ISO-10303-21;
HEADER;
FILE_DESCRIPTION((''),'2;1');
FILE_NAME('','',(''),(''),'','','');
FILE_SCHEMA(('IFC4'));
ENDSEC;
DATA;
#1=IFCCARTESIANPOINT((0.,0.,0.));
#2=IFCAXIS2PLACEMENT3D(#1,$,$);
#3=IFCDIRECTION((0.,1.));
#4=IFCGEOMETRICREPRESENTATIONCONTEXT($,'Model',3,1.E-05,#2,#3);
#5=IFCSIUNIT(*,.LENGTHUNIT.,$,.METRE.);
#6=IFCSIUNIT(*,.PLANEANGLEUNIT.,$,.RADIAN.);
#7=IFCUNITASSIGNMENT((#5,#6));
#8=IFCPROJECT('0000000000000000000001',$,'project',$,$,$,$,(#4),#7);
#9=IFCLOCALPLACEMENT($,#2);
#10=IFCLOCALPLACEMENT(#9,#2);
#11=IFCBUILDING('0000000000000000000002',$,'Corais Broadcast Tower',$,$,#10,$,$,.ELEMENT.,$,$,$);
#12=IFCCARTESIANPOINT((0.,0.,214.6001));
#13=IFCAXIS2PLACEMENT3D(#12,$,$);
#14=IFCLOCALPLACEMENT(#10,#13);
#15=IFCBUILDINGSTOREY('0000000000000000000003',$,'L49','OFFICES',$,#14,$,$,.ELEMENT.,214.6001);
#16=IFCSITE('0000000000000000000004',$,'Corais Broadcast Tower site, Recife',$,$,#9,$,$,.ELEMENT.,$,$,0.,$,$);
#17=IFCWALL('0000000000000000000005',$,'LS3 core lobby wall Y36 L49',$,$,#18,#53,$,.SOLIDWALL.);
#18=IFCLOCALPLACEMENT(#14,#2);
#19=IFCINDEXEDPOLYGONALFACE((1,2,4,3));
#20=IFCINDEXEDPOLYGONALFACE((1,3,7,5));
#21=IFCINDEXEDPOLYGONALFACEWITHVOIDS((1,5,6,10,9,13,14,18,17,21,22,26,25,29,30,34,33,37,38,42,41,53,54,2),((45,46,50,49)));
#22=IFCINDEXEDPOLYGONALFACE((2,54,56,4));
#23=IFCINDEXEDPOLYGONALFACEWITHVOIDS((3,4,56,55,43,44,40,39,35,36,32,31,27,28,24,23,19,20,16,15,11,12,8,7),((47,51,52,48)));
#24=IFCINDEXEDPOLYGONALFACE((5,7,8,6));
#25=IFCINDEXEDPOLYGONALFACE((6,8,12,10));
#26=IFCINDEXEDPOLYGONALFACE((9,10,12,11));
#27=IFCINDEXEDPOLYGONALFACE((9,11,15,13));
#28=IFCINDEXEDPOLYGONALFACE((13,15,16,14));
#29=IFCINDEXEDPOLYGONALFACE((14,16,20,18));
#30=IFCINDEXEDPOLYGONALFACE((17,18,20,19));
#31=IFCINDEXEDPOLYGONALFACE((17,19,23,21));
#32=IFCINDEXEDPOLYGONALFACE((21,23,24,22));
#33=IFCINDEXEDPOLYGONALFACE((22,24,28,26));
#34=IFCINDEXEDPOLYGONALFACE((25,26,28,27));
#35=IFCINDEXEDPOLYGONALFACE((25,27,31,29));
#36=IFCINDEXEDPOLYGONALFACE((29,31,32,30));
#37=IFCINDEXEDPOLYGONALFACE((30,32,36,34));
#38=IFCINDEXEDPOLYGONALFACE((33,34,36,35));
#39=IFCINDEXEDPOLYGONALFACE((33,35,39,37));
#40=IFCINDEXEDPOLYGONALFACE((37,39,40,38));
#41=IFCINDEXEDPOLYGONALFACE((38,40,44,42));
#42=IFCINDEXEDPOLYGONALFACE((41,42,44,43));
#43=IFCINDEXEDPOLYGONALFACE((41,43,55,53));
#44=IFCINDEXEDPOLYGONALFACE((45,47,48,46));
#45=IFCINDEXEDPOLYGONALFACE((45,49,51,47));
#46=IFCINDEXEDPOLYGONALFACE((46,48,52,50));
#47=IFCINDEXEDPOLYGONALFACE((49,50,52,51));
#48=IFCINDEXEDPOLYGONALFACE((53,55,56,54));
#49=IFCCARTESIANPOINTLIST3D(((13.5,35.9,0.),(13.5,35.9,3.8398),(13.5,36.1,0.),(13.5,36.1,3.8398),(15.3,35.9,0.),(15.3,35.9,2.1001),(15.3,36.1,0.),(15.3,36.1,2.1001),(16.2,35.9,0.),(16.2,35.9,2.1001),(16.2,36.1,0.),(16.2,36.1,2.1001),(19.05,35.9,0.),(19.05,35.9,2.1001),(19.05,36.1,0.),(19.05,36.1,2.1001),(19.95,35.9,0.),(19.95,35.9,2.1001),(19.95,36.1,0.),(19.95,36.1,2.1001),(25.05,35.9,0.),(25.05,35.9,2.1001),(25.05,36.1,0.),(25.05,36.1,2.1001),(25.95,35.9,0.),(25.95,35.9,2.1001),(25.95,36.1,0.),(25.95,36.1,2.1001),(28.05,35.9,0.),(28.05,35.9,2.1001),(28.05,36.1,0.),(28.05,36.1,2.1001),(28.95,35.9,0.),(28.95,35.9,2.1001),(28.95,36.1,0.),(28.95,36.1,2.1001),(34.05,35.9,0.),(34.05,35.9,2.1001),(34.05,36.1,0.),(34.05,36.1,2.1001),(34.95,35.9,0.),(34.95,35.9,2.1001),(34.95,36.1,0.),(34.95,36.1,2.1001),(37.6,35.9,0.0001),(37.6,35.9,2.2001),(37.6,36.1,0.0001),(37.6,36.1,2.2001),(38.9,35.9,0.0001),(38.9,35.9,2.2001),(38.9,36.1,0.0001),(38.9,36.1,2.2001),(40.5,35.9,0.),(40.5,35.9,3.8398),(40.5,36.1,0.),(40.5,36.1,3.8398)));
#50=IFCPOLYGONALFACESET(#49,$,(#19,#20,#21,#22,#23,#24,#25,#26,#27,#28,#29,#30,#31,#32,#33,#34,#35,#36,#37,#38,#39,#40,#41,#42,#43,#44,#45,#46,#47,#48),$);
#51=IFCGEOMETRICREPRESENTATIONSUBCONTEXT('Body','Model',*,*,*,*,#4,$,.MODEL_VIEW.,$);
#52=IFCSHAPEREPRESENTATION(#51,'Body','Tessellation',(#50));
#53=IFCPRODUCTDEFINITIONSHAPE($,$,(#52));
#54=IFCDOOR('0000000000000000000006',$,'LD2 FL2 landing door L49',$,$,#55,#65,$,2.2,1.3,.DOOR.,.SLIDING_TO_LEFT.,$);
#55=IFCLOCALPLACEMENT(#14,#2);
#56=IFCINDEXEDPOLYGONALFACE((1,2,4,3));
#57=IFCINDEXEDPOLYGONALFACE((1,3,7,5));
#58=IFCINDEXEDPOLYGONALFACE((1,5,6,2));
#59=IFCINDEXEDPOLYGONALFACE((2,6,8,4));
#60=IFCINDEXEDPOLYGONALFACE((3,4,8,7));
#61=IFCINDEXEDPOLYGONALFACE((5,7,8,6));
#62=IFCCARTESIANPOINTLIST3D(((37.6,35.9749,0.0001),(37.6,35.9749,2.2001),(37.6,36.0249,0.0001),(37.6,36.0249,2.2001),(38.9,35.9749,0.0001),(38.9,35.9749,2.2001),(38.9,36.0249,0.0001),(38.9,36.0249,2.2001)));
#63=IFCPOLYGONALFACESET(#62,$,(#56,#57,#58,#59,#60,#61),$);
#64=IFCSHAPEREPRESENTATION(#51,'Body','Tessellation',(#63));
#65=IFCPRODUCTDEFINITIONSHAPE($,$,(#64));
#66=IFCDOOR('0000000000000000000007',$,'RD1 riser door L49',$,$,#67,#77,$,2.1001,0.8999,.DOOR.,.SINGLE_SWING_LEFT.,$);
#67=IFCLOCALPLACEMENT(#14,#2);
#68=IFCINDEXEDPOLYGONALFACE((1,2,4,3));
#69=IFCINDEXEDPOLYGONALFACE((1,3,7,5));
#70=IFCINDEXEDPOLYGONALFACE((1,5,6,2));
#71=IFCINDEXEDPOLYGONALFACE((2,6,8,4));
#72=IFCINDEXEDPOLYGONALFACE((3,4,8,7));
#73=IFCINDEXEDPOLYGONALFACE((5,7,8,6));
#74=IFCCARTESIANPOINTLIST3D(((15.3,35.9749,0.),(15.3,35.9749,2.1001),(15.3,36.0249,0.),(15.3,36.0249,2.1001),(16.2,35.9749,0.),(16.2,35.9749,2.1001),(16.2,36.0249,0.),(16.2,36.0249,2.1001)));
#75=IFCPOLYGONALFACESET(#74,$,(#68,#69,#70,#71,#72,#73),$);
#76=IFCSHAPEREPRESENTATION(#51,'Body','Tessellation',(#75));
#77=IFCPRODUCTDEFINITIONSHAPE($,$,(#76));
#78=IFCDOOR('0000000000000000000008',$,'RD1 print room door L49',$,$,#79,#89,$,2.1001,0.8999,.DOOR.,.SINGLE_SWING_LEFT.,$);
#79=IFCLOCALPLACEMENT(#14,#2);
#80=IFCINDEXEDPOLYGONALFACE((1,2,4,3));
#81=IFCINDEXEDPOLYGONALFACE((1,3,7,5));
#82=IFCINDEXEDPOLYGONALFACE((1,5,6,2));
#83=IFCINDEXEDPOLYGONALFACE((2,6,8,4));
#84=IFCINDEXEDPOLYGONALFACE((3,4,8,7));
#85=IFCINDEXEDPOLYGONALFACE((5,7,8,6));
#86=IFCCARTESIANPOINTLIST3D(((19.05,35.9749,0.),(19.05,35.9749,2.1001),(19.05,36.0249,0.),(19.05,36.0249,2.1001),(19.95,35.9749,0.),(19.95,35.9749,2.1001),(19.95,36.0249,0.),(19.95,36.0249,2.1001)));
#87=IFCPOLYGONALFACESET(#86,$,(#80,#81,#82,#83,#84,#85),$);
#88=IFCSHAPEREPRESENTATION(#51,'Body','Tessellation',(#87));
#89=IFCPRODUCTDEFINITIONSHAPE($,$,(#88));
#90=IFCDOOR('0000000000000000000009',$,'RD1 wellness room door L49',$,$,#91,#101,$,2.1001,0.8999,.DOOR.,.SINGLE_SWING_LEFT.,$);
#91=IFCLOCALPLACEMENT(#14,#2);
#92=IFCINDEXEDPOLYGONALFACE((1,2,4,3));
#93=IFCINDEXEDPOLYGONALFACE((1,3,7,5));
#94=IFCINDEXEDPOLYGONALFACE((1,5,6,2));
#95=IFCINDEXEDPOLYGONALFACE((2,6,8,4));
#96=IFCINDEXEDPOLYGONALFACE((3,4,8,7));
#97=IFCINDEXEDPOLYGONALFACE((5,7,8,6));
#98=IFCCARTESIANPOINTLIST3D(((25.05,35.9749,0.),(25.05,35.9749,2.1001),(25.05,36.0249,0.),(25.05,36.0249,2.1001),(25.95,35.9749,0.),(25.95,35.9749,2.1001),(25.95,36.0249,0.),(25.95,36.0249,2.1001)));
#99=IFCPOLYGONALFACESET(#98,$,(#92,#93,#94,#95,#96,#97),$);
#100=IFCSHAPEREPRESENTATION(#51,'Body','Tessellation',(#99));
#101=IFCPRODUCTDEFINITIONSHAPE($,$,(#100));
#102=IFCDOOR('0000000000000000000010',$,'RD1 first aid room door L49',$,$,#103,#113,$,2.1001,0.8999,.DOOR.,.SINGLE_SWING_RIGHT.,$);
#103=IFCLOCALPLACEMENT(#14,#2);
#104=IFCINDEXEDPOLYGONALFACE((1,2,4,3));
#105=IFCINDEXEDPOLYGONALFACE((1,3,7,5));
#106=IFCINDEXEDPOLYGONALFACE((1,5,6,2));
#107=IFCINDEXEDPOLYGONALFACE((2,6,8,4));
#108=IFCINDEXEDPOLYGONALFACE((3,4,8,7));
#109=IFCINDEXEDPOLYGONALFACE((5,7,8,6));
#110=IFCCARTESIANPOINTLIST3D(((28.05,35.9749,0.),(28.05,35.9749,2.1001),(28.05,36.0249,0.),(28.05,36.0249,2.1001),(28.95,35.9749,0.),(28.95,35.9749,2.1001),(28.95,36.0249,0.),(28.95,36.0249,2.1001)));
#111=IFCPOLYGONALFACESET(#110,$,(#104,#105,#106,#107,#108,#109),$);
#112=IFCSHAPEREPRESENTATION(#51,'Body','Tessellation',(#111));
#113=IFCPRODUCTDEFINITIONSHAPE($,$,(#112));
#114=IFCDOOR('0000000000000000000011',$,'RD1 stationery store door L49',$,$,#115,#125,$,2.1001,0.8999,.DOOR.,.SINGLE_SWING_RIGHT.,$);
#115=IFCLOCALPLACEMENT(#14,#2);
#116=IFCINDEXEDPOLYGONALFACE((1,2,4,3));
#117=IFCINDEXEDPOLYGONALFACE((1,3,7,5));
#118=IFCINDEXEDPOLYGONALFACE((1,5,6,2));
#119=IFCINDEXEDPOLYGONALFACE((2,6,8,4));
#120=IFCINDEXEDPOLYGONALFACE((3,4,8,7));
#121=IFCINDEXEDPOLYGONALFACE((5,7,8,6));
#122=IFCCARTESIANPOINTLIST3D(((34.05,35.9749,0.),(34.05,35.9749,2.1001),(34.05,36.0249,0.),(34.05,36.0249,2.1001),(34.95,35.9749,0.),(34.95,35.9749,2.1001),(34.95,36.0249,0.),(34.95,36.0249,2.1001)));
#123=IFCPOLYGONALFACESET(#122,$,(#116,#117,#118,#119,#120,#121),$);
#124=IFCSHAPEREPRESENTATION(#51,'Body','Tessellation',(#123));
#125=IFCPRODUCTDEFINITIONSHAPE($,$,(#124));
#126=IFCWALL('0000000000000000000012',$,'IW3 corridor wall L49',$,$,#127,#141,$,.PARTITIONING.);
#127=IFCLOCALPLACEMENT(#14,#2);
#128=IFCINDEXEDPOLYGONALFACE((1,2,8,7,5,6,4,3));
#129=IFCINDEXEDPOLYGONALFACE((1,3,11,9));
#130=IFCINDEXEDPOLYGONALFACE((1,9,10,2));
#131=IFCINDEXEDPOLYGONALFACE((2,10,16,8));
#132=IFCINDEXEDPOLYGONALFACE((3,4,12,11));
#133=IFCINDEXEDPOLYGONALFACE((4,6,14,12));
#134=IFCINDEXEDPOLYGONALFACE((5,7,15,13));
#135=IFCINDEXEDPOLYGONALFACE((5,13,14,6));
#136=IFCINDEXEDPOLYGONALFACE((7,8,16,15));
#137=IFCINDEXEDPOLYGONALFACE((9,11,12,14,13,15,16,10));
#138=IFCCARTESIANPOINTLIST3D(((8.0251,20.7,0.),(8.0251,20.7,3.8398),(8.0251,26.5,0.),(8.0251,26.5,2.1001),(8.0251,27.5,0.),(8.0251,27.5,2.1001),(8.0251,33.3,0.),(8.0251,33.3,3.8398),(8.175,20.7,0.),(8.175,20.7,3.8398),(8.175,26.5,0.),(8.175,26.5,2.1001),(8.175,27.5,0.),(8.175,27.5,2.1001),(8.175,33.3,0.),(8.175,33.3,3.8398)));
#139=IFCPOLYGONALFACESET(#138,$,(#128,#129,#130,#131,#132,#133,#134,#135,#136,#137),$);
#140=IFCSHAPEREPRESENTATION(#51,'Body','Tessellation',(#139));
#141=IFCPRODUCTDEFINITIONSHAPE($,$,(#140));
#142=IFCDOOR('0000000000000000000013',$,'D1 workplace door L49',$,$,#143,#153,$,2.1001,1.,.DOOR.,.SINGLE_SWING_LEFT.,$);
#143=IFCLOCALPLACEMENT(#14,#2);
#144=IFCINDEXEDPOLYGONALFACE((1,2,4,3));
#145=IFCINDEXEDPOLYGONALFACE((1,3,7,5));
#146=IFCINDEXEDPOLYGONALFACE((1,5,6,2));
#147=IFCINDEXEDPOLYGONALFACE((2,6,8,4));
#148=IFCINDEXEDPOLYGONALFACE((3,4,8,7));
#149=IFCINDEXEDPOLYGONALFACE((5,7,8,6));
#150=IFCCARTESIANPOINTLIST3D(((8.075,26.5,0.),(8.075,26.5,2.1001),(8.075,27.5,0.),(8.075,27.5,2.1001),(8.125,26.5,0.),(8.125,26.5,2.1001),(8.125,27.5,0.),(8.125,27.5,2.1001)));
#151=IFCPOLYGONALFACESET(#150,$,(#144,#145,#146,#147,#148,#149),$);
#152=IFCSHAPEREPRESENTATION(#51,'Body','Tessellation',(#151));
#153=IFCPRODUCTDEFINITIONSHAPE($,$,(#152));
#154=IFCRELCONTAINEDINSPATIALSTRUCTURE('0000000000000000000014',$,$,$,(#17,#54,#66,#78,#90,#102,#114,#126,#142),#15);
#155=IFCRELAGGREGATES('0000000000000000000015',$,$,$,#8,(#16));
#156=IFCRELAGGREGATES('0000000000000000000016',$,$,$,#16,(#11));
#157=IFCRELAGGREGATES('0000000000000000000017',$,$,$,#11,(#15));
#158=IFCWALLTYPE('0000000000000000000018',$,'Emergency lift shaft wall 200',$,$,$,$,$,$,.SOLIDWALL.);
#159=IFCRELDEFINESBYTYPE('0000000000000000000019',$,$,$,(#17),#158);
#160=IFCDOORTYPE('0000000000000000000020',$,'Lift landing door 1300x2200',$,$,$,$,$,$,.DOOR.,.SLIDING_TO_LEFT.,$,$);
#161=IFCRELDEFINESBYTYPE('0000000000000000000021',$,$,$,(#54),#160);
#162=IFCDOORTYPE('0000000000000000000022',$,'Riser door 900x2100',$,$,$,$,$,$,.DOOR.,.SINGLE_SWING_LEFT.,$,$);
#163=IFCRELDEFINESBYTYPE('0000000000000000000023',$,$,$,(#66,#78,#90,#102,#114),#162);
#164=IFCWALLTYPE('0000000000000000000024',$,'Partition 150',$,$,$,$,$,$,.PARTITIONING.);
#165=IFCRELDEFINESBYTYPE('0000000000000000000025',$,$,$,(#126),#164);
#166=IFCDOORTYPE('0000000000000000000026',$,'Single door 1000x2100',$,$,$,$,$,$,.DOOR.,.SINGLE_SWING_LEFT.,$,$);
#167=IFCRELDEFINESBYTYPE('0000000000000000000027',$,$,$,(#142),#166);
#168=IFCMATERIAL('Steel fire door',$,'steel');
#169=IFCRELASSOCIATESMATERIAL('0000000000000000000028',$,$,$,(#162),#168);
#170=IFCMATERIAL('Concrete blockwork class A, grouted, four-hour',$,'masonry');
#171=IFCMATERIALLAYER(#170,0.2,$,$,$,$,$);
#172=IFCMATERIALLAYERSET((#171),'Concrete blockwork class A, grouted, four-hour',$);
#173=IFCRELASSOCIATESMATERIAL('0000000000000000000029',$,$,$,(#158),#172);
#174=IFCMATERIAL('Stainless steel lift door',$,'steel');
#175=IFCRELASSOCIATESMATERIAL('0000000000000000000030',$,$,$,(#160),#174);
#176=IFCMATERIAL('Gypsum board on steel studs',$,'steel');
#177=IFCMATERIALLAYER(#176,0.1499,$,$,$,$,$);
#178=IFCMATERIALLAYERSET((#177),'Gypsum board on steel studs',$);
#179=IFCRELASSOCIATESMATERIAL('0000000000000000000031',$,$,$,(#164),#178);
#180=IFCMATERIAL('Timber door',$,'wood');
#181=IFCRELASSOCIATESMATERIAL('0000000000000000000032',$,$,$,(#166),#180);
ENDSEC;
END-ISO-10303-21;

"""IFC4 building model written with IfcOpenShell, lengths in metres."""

from ifc_helpers import new_model, si_unit, direction, frame, frame_2d, origin, place, context, subcontext, project, spatial, rectangle, extrude, material, layer, layer_set, type_object, element, fill, save


model = new_model("IFC4")

# Units and contexts
model_context = context("Model", 3, precision=1e-05, world=origin(), true_north=direction((0.0, 1.0)))
body_context = subcontext(model_context, "Body", "Model", "MODEL_VIEW")
ifc_project = project(units=[si_unit("LENGTHUNIT", "METRE"), si_unit("PLANEANGLEUNIT", "RADIAN")], contexts=[model_context])

# Site, building, storey
site_placement = place(None, origin())
site = spatial("IfcSite", under=ifc_project, at=site_placement, Name="Corais Broadcast Tower site, Recife", CompositionType="ELEMENT", RefElevation=0.0)
building_placement = place(site_placement, origin())
building = spatial("IfcBuilding", under=site, at=building_placement, Name="Corais Broadcast Tower", CompositionType="ELEMENT")
storey_placement = place(building_placement, frame((0.0, 0.0, 214.6001)))
storey = spatial("IfcBuildingStorey", under=building, at=storey_placement, Name="L49", Description="OFFICES", CompositionType="ELEMENT", Elevation=214.6001)

# Wall, openings, doors
ifc_material_1 = material(Name="Steel fire door", Category="steel")
door_type_1 = type_object("IfcDoorType", Name="Riser door 900x2100", OperationType="SINGLE_SWING_LEFT", PredefinedType="DOOR", material=ifc_material_1)
ifc_material_2 = material(Name="Concrete blockwork class A, grouted, four-hour", Category="masonry")
ifc_layer_1 = layer(ifc_material_2, 0.2)
ifc_layer_set_1 = layer_set([ifc_layer_1], Name="Concrete blockwork class A, grouted, four-hour")
wall_type_1 = type_object("IfcWallType", Name="Emergency lift shaft wall 200", PredefinedType="SOLIDWALL", material=ifc_layer_set_1)
wall_1_placement = place(storey_placement, frame((13.5, 36.0, 0.0), z_axis=(0.0, 0.0, 1.0), x_axis=(1.0, 0.0, 0.0)))
wall_1 = element("IfcWall", 1, at=wall_1_placement, inside=storey, type_object=wall_type_1, Name="LS3 core lobby wall Y36 L49", PredefinedType="SOLIDWALL", context=body_context, shape_type="SweptSolid", body=[
    extrude(rectangle(XDim=27.0, YDim=0.2, at=frame_2d((13.5, 0.0))), origin(), (0.0, 0.0, 1.0), 3.8398),
])
opening_1_placement = place(wall_1_placement, frame((1.8, 0.0, 0.0)))
opening_1 = element("IfcOpeningElement", 2, at=opening_1_placement, cuts=wall_1, PredefinedType="OPENING", context=body_context, shape_type="SweptSolid", body=[
    extrude(rectangle(XDim=0.8999, YDim=2.1001, at=frame_2d((0.45, 1.05))), frame((0.0, 0.1099, 0.0), z_axis=(0.0, -1.0, 0.0), x_axis=(1.0, 0.0, 0.0)), (0.0, 0.0, 1.0), 0.22),
])
opening_2_placement = place(wall_1_placement, frame((5.55, 0.0, 0.0)))
opening_2 = element("IfcOpeningElement", 3, at=opening_2_placement, cuts=wall_1, PredefinedType="OPENING", context=body_context, shape_type="SweptSolid", body=[
    extrude(rectangle(XDim=0.8999, YDim=2.1001, at=frame_2d((0.45, 1.05))), frame((0.0, 0.1099, 0.0), z_axis=(0.0, -1.0, 0.0), x_axis=(1.0, 0.0, 0.0)), (0.0, 0.0, 1.0), 0.22),
])
opening_3_placement = place(wall_1_placement, frame((11.55, 0.0, 0.0)))
opening_3 = element("IfcOpeningElement", 4, at=opening_3_placement, cuts=wall_1, PredefinedType="OPENING", context=body_context, shape_type="SweptSolid", body=[
    extrude(rectangle(XDim=0.8999, YDim=2.1001, at=frame_2d((0.45, 1.05))), frame((0.0, 0.1099, 0.0), z_axis=(0.0, -1.0, 0.0), x_axis=(1.0, 0.0, 0.0)), (0.0, 0.0, 1.0), 0.22),
])
opening_4_placement = place(wall_1_placement, frame((14.55, 0.0, 0.0)))
opening_4 = element("IfcOpeningElement", 5, at=opening_4_placement, cuts=wall_1, PredefinedType="OPENING", context=body_context, shape_type="SweptSolid", body=[
    extrude(rectangle(XDim=0.8999, YDim=2.1001, at=frame_2d((0.45, 1.05))), frame((0.0, 0.1099, 0.0), z_axis=(0.0, -1.0, 0.0), x_axis=(1.0, 0.0, 0.0)), (0.0, 0.0, 1.0), 0.22),
])
opening_5_placement = place(wall_1_placement, frame((20.55, 0.0, 0.0)))
opening_5 = element("IfcOpeningElement", 6, at=opening_5_placement, cuts=wall_1, PredefinedType="OPENING", context=body_context, shape_type="SweptSolid", body=[
    extrude(rectangle(XDim=0.8999, YDim=2.1001, at=frame_2d((0.45, 1.05))), frame((0.0, 0.1099, 0.0), z_axis=(0.0, -1.0, 0.0), x_axis=(1.0, 0.0, 0.0)), (0.0, 0.0, 1.0), 0.22),
])
opening_6_placement = place(wall_1_placement, frame((24.1001, 0.0, 0.0)))
opening_6 = element("IfcOpeningElement", 7, at=opening_6_placement, cuts=wall_1, PredefinedType="OPENING", context=body_context, shape_type="SweptSolid", body=[
    extrude(rectangle(XDim=1.3, YDim=2.2, at=frame_2d((0.6499, 1.1001))), frame((0.0, 0.1099, 0.0), z_axis=(0.0, -1.0, 0.0), x_axis=(1.0, 0.0, 0.0)), (0.0, 0.0, 1.0), 0.22),
])
ifc_material_3 = material(Name="Stainless steel lift door", Category="steel")
door_type_2 = type_object("IfcDoorType", Name="Lift landing door 1300x2200", OperationType="SLIDING_TO_LEFT", PredefinedType="DOOR", material=ifc_material_3)
door_1_placement = place(opening_6_placement, origin())
door_1 = element("IfcDoor", 8, at=door_1_placement, inside=storey, type_object=door_type_2, Name="LD2 FL2 landing door L49", OperationType="SLIDING_TO_LEFT", OverallHeight=2.2, OverallWidth=1.3, PredefinedType="DOOR", context=body_context, shape_type="SweptSolid", body=[
    extrude(rectangle(XDim=1.3, YDim=2.2, at=frame_2d((0.6499, 1.1001))), frame((0.0, 0.0249, 0.0), z_axis=(0.0, -1.0, 0.0), x_axis=(1.0, 0.0, 0.0)), (0.0, 0.0, 1.0), 0.05),
])
fill(opening_6, door_1)
door_2_placement = place(opening_1_placement, origin())
door_2 = element("IfcDoor", 9, at=door_2_placement, inside=storey, type_object=door_type_1, Name="RD1 riser door L49", OperationType="SINGLE_SWING_LEFT", OverallHeight=2.1001, OverallWidth=0.8999, PredefinedType="DOOR", context=body_context, shape_type="SweptSolid", body=[
    extrude(rectangle(XDim=0.8999, YDim=2.1001, at=frame_2d((0.45, 1.05))), frame((0.0, 0.0249, 0.0), z_axis=(0.0, -1.0, 0.0), x_axis=(1.0, 0.0, 0.0)), (0.0, 0.0, 1.0), 0.05),
])
fill(opening_1, door_2)
door_3_placement = place(opening_2_placement, origin())
door_3 = element("IfcDoor", 10, at=door_3_placement, inside=storey, type_object=door_type_1, Name="RD1 print room door L49", OperationType="SINGLE_SWING_LEFT", OverallHeight=2.1001, OverallWidth=0.8999, PredefinedType="DOOR", context=body_context, shape_type="SweptSolid", body=[
    extrude(rectangle(XDim=0.8999, YDim=2.1001, at=frame_2d((0.45, 1.05))), frame((0.0, 0.0249, 0.0), z_axis=(0.0, -1.0, 0.0), x_axis=(1.0, 0.0, 0.0)), (0.0, 0.0, 1.0), 0.05),
])
fill(opening_2, door_3)
door_4_placement = place(opening_3_placement, origin())
door_4 = element("IfcDoor", 11, at=door_4_placement, inside=storey, type_object=door_type_1, Name="RD1 wellness room door L49", OperationType="SINGLE_SWING_LEFT", OverallHeight=2.1001, OverallWidth=0.8999, PredefinedType="DOOR", context=body_context, shape_type="SweptSolid", body=[
    extrude(rectangle(XDim=0.8999, YDim=2.1001, at=frame_2d((0.45, 1.05))), frame((0.0, 0.0249, 0.0), z_axis=(0.0, -1.0, 0.0), x_axis=(1.0, 0.0, 0.0)), (0.0, 0.0, 1.0), 0.05),
])
fill(opening_3, door_4)
door_5_placement = place(opening_4_placement, origin())
door_5 = element("IfcDoor", 12, at=door_5_placement, inside=storey, type_object=door_type_1, Name="RD1 first aid room door L49", OperationType="SINGLE_SWING_RIGHT", OverallHeight=2.1001, OverallWidth=0.8999, PredefinedType="DOOR", context=body_context, shape_type="SweptSolid", body=[
    extrude(rectangle(XDim=0.8999, YDim=2.1001, at=frame_2d((0.45, 1.05))), frame((0.0, 0.0249, 0.0), z_axis=(0.0, -1.0, 0.0), x_axis=(1.0, 0.0, 0.0)), (0.0, 0.0, 1.0), 0.05),
])
fill(opening_4, door_5)
door_6_placement = place(opening_5_placement, origin())
door_6 = element("IfcDoor", 13, at=door_6_placement, inside=storey, type_object=door_type_1, Name="RD1 stationery store door L49", OperationType="SINGLE_SWING_RIGHT", OverallHeight=2.1001, OverallWidth=0.8999, PredefinedType="DOOR", context=body_context, shape_type="SweptSolid", body=[
    extrude(rectangle(XDim=0.8999, YDim=2.1001, at=frame_2d((0.45, 1.05))), frame((0.0, 0.0249, 0.0), z_axis=(0.0, -1.0, 0.0), x_axis=(1.0, 0.0, 0.0)), (0.0, 0.0, 1.0), 0.05),
])
fill(opening_5, door_6)

# Wall, opening, door
ifc_material_4 = material(Name="Gypsum board on steel studs", Category="steel")
ifc_layer_2 = layer(ifc_material_4, 0.1499)
ifc_layer_set_2 = layer_set([ifc_layer_2], Name="Gypsum board on steel studs")
wall_type_2 = type_object("IfcWallType", Name="Partition 150", PredefinedType="PARTITIONING", material=ifc_layer_set_2)
wall_2_placement = place(storey_placement, frame((8.1001, 33.3, 0.0), z_axis=(0.0, 0.0, 1.0), x_axis=(0.0, -1.0, 0.0)))
wall_2 = element("IfcWall", 14, at=wall_2_placement, inside=storey, type_object=wall_type_2, Name="IW3 corridor wall L49", PredefinedType="PARTITIONING", context=body_context, shape_type="SweptSolid", body=[
    extrude(rectangle(XDim=12.6001, YDim=0.1499, at=frame_2d((6.3, 0.0))), origin(), (0.0, 0.0, 1.0), 3.8398),
])
opening_7_placement = place(wall_2_placement, frame((5.8, 0.0, 0.0)))
opening_7 = element("IfcOpeningElement", 15, at=opening_7_placement, cuts=wall_2, PredefinedType="OPENING", context=body_context, shape_type="SweptSolid", body=[
    extrude(rectangle(XDim=1.0, YDim=2.1001, at=frame_2d((0.5, 1.05))), frame((0.0, 0.085, 0.0), z_axis=(0.0, -1.0, 0.0), x_axis=(1.0, 0.0, 0.0)), (0.0, 0.0, 1.0), 0.1699),
])
ifc_material_5 = material(Name="Timber door", Category="wood")
door_type_3 = type_object("IfcDoorType", Name="Single door 1000x2100", OperationType="SINGLE_SWING_LEFT", PredefinedType="DOOR", material=ifc_material_5)
door_7_placement = place(opening_7_placement, origin())
door_7 = element("IfcDoor", 16, at=door_7_placement, inside=storey, type_object=door_type_3, Name="D1 workplace door L49", OperationType="SINGLE_SWING_LEFT", OverallHeight=2.1001, OverallWidth=1.0, PredefinedType="DOOR", context=body_context, shape_type="SweptSolid", body=[
    extrude(rectangle(XDim=1.0, YDim=2.1001, at=frame_2d((0.5, 1.05))), frame((0.0, 0.0249, 0.0), z_axis=(0.0, -1.0, 0.0), x_axis=(1.0, 0.0, 0.0)), (0.0, 0.0, 1.0), 0.05),
])
fill(opening_7, door_7)

save(model, "model.ifc")
